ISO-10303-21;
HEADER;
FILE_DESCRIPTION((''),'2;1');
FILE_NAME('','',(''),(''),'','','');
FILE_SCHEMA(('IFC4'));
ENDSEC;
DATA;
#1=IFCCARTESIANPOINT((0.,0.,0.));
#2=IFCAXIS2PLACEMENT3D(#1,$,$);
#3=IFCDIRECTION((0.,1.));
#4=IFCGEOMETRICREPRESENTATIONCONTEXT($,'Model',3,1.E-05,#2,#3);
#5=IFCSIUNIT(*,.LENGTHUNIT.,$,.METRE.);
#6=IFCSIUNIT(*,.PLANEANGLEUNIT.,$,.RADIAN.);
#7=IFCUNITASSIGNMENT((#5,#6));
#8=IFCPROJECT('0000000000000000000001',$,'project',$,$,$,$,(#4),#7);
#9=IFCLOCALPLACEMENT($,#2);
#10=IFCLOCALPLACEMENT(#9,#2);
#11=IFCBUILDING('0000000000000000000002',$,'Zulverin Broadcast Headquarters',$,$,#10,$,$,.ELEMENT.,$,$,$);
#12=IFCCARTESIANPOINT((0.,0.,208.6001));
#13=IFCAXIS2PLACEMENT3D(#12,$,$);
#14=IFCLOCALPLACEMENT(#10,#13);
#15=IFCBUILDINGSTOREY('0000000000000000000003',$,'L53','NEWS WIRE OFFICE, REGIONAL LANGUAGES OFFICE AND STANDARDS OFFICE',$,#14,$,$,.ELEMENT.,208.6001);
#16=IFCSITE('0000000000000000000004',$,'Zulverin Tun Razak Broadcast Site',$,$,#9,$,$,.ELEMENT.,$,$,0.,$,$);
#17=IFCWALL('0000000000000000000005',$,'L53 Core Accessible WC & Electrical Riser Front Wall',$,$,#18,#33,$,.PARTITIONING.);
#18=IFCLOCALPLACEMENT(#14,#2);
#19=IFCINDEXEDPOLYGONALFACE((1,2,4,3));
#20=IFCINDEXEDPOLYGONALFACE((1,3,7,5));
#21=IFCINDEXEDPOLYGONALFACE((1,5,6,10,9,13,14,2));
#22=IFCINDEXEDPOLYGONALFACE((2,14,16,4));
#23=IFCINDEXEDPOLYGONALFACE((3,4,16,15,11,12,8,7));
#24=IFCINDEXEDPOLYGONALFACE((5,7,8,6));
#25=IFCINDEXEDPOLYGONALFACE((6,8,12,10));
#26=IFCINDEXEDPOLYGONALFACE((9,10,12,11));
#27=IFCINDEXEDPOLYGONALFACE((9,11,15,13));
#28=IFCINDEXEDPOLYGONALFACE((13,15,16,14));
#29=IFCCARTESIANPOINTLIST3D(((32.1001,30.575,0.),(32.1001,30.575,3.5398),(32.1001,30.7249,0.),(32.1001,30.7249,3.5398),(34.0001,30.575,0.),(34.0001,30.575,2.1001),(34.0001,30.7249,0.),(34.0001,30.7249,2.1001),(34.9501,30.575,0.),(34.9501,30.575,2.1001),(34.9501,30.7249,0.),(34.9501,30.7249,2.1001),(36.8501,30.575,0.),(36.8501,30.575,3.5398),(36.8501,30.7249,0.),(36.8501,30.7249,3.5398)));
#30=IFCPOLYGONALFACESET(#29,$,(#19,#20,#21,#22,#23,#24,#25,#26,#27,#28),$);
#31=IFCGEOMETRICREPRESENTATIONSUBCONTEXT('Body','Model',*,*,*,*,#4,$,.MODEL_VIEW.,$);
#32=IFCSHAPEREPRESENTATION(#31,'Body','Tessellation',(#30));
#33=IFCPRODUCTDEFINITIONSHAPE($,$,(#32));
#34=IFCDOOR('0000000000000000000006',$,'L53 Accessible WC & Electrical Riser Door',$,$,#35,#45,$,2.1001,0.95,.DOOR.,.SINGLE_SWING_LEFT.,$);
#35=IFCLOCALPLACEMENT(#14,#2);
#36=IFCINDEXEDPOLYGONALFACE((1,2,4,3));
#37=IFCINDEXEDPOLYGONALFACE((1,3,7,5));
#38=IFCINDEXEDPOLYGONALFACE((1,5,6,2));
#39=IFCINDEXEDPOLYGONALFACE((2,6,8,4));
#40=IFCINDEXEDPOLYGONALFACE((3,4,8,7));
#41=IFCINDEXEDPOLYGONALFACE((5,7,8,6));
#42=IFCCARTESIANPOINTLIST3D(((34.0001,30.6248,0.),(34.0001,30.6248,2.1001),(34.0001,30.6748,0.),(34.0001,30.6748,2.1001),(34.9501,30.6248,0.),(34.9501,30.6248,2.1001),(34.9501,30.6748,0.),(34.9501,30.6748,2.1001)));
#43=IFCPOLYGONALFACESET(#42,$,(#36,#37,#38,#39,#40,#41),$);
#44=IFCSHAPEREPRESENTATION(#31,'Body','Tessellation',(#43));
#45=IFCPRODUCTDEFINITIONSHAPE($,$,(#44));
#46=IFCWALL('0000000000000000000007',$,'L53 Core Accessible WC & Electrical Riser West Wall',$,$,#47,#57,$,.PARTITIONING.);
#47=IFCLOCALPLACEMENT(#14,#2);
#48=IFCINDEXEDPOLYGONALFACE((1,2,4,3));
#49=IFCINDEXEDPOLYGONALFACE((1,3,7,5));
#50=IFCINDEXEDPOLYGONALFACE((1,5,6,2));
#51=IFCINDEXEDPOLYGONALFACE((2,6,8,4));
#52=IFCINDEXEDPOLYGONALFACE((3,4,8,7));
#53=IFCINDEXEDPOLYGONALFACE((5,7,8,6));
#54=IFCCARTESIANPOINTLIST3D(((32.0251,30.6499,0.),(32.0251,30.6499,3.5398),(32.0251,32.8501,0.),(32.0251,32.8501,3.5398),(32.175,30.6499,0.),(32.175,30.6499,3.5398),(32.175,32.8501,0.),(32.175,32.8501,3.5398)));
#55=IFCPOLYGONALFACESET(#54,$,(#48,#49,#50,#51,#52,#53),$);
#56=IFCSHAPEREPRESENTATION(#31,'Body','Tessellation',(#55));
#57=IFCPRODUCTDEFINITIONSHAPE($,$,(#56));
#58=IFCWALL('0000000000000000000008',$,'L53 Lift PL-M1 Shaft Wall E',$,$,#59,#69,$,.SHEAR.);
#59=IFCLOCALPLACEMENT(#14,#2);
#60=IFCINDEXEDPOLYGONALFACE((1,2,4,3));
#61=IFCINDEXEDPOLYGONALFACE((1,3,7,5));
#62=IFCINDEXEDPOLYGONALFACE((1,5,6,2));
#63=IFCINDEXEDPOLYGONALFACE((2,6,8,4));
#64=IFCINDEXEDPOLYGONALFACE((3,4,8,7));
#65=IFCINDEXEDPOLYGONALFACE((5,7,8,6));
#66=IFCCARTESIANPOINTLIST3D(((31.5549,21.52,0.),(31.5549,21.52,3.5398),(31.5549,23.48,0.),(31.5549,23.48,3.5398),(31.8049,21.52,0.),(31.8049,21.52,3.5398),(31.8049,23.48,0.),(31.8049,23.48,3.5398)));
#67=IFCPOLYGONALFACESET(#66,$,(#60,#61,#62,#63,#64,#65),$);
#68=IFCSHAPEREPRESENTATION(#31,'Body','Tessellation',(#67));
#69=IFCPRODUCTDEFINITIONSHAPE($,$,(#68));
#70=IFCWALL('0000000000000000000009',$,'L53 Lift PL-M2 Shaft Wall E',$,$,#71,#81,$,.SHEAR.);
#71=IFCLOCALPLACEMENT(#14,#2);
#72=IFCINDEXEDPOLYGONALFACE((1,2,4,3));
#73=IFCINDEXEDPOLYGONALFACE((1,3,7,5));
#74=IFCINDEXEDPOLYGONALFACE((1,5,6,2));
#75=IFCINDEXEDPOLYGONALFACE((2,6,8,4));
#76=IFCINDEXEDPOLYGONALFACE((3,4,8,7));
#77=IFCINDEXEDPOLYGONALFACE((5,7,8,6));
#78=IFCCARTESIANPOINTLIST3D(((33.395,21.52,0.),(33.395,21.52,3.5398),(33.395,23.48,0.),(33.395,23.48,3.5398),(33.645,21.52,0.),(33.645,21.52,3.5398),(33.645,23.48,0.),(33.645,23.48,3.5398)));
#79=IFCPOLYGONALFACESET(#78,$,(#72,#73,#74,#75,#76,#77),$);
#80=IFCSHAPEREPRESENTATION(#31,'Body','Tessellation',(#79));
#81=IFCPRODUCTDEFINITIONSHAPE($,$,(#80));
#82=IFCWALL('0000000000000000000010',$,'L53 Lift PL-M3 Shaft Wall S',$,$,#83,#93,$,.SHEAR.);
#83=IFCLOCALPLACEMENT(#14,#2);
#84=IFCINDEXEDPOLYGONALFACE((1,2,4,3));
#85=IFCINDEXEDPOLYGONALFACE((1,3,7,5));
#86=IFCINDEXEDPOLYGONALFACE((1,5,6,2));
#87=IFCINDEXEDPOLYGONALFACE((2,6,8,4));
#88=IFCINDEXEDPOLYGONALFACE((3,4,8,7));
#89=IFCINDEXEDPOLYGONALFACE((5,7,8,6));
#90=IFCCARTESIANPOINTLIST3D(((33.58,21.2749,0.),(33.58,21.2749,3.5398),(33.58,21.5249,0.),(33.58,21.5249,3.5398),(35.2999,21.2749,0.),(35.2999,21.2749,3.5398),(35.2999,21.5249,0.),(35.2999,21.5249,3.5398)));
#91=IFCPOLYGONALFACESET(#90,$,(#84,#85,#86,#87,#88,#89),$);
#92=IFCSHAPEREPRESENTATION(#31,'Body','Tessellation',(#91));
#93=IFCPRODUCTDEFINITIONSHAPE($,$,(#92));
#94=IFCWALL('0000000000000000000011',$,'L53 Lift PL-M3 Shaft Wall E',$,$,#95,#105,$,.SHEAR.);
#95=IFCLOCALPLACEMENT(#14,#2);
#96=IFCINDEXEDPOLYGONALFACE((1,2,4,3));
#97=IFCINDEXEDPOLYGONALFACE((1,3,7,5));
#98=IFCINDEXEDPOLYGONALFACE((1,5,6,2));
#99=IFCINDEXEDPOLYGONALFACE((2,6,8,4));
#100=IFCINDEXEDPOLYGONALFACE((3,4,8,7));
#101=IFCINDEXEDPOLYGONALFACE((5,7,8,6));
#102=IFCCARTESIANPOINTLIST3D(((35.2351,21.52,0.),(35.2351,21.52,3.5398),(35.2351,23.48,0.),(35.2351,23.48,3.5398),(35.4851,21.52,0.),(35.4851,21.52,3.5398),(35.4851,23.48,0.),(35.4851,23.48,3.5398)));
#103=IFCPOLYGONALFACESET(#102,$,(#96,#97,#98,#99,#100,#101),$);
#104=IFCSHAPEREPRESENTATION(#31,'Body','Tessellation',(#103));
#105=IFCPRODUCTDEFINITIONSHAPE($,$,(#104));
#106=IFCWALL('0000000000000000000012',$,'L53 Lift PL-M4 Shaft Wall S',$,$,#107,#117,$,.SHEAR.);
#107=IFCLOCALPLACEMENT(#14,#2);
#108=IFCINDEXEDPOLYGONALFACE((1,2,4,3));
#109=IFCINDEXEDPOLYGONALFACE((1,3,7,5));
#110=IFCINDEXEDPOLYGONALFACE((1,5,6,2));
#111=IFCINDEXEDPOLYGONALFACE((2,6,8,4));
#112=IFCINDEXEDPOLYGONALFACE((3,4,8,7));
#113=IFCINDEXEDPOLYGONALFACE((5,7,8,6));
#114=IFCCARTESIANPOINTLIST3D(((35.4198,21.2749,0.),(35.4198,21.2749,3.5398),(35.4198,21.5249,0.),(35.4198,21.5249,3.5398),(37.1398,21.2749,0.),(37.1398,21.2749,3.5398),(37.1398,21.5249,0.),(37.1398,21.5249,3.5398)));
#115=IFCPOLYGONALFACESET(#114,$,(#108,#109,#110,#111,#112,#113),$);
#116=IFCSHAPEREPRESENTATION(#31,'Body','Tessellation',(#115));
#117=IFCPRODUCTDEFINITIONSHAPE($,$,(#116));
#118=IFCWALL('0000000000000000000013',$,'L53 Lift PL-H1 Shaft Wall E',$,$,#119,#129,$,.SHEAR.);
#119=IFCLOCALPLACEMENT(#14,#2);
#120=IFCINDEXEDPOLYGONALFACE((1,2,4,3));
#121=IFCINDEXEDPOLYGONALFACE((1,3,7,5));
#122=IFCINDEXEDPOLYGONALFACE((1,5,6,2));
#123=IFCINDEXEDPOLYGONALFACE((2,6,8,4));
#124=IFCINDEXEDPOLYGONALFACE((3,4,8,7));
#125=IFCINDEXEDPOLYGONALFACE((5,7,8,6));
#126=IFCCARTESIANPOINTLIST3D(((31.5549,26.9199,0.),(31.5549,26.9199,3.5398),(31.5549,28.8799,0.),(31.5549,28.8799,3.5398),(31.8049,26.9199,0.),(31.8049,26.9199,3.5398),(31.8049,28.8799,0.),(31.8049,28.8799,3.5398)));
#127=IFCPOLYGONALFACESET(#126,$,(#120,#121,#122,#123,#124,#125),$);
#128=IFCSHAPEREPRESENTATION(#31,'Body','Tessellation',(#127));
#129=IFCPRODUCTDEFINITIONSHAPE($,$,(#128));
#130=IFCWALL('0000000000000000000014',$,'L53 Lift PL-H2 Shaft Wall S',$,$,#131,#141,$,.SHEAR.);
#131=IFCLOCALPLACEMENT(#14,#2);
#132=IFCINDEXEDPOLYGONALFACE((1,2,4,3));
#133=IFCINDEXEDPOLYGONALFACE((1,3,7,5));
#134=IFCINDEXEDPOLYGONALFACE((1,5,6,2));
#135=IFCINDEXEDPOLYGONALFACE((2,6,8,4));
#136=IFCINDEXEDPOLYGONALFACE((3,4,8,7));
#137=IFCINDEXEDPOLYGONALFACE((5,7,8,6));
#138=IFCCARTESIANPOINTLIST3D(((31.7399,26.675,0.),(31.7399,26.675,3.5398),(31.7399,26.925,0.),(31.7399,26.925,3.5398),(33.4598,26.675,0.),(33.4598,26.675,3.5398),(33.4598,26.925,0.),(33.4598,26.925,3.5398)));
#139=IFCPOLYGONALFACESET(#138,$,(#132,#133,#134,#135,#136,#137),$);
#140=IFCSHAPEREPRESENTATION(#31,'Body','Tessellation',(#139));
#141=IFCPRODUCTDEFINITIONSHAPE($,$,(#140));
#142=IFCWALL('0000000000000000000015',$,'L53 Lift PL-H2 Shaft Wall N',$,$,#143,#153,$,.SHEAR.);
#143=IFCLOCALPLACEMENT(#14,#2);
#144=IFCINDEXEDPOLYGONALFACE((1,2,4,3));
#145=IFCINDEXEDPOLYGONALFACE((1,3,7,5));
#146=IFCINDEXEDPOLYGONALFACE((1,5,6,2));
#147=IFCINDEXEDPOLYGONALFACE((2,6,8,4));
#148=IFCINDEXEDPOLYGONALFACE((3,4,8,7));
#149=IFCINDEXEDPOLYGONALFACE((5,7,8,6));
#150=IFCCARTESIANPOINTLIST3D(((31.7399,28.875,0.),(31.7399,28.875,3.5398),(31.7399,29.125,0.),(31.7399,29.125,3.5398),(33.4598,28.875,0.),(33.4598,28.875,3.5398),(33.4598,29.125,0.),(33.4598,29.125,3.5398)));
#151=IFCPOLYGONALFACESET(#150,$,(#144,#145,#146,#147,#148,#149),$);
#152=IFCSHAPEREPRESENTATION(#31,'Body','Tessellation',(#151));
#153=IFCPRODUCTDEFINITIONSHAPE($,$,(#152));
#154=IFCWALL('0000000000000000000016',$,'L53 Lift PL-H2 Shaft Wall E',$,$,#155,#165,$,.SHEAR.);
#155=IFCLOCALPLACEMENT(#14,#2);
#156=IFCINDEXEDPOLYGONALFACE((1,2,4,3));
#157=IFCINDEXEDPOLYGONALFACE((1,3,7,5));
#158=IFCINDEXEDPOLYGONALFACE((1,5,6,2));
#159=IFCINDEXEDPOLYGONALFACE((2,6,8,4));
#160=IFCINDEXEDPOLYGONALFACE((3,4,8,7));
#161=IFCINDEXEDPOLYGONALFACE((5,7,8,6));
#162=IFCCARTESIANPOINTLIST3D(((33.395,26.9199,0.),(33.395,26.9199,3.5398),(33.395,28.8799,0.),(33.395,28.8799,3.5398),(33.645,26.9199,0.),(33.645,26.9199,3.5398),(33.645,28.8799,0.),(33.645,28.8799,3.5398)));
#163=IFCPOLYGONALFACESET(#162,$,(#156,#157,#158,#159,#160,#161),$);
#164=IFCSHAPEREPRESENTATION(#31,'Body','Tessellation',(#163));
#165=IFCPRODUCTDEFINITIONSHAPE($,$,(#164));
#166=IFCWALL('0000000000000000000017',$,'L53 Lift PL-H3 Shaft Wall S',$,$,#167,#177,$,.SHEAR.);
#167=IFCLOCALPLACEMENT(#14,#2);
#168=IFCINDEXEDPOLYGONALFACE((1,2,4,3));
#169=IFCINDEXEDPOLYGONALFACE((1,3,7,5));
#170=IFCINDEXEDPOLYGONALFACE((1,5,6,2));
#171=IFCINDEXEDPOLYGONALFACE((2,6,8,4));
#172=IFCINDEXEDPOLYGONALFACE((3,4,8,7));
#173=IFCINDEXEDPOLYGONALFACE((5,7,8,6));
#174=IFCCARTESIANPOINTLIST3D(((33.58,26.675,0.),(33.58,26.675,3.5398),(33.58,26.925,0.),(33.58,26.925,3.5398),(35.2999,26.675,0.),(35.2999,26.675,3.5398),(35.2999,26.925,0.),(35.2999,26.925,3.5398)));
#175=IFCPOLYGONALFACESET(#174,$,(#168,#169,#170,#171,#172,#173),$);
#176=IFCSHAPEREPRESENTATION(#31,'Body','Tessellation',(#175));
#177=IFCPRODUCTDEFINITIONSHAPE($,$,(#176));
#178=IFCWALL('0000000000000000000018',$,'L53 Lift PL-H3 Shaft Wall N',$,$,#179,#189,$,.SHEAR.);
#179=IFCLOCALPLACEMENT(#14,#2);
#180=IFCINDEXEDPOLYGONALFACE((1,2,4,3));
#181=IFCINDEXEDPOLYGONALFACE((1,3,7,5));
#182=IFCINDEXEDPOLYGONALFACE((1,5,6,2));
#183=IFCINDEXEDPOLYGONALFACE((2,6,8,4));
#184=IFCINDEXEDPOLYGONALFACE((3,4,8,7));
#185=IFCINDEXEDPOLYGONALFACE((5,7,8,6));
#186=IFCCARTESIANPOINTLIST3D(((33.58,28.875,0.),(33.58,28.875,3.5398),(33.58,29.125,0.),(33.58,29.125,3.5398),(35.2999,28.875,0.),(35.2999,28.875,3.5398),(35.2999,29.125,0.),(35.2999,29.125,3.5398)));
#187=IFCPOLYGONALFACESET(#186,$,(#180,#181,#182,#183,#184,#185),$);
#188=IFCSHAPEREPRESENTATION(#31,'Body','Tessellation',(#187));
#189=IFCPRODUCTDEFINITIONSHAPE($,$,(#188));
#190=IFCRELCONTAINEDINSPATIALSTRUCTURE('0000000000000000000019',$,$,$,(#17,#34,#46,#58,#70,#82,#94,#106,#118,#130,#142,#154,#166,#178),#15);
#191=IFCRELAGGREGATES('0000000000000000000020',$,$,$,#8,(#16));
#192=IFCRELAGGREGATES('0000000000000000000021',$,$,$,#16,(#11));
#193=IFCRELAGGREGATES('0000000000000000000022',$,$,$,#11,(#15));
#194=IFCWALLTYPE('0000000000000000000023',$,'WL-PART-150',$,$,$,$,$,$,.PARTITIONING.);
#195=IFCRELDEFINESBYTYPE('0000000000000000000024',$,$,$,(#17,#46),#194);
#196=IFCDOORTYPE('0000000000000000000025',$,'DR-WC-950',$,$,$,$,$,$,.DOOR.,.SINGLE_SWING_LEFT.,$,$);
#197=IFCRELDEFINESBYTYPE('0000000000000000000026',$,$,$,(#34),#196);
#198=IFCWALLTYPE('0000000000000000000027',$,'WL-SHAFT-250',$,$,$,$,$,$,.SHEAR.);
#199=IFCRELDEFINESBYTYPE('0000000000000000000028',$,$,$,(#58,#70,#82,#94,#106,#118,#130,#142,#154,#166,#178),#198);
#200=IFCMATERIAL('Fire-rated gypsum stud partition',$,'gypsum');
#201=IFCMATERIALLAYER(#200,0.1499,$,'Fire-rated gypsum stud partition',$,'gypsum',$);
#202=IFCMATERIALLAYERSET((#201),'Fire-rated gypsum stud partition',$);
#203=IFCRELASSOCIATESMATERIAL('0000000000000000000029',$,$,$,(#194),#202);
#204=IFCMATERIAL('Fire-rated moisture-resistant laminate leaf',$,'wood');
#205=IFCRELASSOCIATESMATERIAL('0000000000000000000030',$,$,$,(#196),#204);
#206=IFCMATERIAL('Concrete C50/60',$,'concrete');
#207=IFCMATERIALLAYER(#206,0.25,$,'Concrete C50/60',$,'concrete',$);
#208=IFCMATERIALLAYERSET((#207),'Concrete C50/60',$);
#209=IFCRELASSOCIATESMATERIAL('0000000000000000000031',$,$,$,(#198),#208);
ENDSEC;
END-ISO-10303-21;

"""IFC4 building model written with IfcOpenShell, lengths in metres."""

from ifc_helpers import new_model, si_unit, direction, frame, frame_2d, origin, place, context, subcontext, project, spatial, rectangle, extrude, material, layer, layer_set, type_object, element, fill, save


model = new_model("IFC4")

# Units and contexts
model_context = context("Model", 3, precision=1e-05, world=origin(), true_north=direction((0.0, 1.0)))
body_context = subcontext(model_context, "Body", "Model", "MODEL_VIEW")
ifc_project = project(units=[si_unit("LENGTHUNIT", "METRE"), si_unit("PLANEANGLEUNIT", "RADIAN")], contexts=[model_context])

# Site, building, storey
site_placement = place(None, origin())
site = spatial("IfcSite", under=ifc_project, at=site_placement, Name="Zulverin Tun Razak Broadcast Site", CompositionType="ELEMENT", RefElevation=0.0)
building_placement = place(site_placement, origin())
building = spatial("IfcBuilding", under=site, at=building_placement, Name="Zulverin Broadcast Headquarters", CompositionType="ELEMENT")
storey_placement = place(building_placement, frame((0.0, 0.0, 208.6001)))
storey = spatial("IfcBuildingStorey", under=building, at=storey_placement, Name="L53", Description="NEWS WIRE OFFICE, REGIONAL LANGUAGES OFFICE AND STANDARDS OFFICE", CompositionType="ELEMENT", Elevation=208.6001)

# Wall, opening, door
ifc_material_1 = material(Name="Fire-rated gypsum stud partition", Category="gypsum")
ifc_layer_1 = layer(ifc_material_1, 0.1499, Name="Fire-rated gypsum stud partition", Category="gypsum")
ifc_layer_set_1 = layer_set([ifc_layer_1], Name="Fire-rated gypsum stud partition")
wall_type_1 = type_object("IfcWallType", Name="WL-PART-150", PredefinedType="PARTITIONING", material=ifc_layer_set_1)
wall_1_placement = place(storey_placement, frame((32.1001, 30.6499, 0.0), z_axis=(0.0, 0.0, 1.0), x_axis=(1.0, 0.0, 0.0)))
wall_1 = element("IfcWall", 1, at=wall_1_placement, inside=storey, type_object=wall_type_1, Name="L53 Core Accessible WC & Electrical Riser Front Wall", PredefinedType="PARTITIONING", context=body_context, shape_type="SweptSolid", body=[
    extrude(rectangle(XDim=4.75, YDim=0.1499, at=frame_2d((2.375, 0.0))), origin(), (0.0, 0.0, 1.0), 3.5398),
])
opening_1_placement = place(wall_1_placement, frame((1.8999, 0.0, 0.0)))
opening_1 = element("IfcOpeningElement", 2, at=opening_1_placement, cuts=wall_1, PredefinedType="OPENING", context=body_context, shape_type="SweptSolid", body=[
    extrude(rectangle(XDim=0.95, YDim=2.1001, at=frame_2d((0.4751, 1.05))), frame((0.0, 0.085, 0.0), z_axis=(0.0, -1.0, 0.0), x_axis=(1.0, 0.0, 0.0)), (0.0, 0.0, 1.0), 0.1699),
])
ifc_material_2 = material(Name="Fire-rated moisture-resistant laminate leaf", Category="wood")
door_type_1 = type_object("IfcDoorType", Name="DR-WC-950", OperationType="SINGLE_SWING_LEFT", PredefinedType="DOOR", material=ifc_material_2)
door_1_placement = place(opening_1_placement, origin())
door_1 = element("IfcDoor", 3, at=door_1_placement, inside=storey, type_object=door_type_1, Name="L53 Accessible WC & Electrical Riser Door", OperationType="SINGLE_SWING_LEFT", OverallHeight=2.1001, OverallWidth=0.95, PredefinedType="DOOR", context=body_context, shape_type="SweptSolid", body=[
    extrude(rectangle(XDim=0.95, YDim=2.1001, at=frame_2d((0.4751, 1.05))), frame((0.0, 0.0249, 0.0), z_axis=(0.0, -1.0, 0.0), x_axis=(1.0, 0.0, 0.0)), (0.0, 0.0, 1.0), 0.05),
])
fill(opening_1, door_1)

# Walls
wall_2_placement = place(storey_placement, frame((32.1001, 30.6499, 0.0), z_axis=(0.0, 0.0, 1.0), x_axis=(0.0, 1.0, 0.0)))
element("IfcWall", 4, at=wall_2_placement, inside=storey, type_object=wall_type_1, Name="L53 Core Accessible WC & Electrical Riser West Wall", PredefinedType="PARTITIONING", context=body_context, shape_type="SweptSolid", body=[
    extrude(rectangle(XDim=2.2002, YDim=0.1499, at=frame_2d((1.1001, 0.0))), origin(), (0.0, 0.0, 1.0), 3.5398),
])
ifc_material_3 = material(Name="Concrete C50/60", Category="concrete")
ifc_layer_2 = layer(ifc_material_3, 0.25, Name="Concrete C50/60", Category="concrete")
ifc_layer_set_2 = layer_set([ifc_layer_2], Name="Concrete C50/60")
wall_type_2 = type_object("IfcWallType", Name="WL-SHAFT-250", PredefinedType="SHEAR", material=ifc_layer_set_2)
wall_3_placement = place(storey_placement, frame((31.6799, 21.52, 0.0), z_axis=(0.0, 0.0, 1.0), x_axis=(0.0, 1.0, 0.0)))
element("IfcWall", 5, at=wall_3_placement, inside=storey, type_object=wall_type_2, Name="L53 Lift PL-M1 Shaft Wall E", PredefinedType="SHEAR", context=body_context, shape_type="SweptSolid", body=[
    extrude(rectangle(XDim=1.96, YDim=0.25, at=frame_2d((0.98, 0.0))), origin(), (0.0, 0.0, 1.0), 3.5398),
])

# Walls
wall_4_placement = place(storey_placement, frame((33.52, 21.52, 0.0), z_axis=(0.0, 0.0, 1.0), x_axis=(0.0, 1.0, 0.0)))
element("IfcWall", 6, at=wall_4_placement, inside=storey, type_object=wall_type_2, Name="L53 Lift PL-M2 Shaft Wall E", PredefinedType="SHEAR", context=body_context, shape_type="SweptSolid", body=[
    extrude(rectangle(XDim=1.96, YDim=0.25, at=frame_2d((0.98, 0.0))), origin(), (0.0, 0.0, 1.0), 3.5398),
])
wall_5_placement = place(storey_placement, frame((33.5801, 21.3999, 0.0), z_axis=(0.0, 0.0, 1.0), x_axis=(1.0, 0.0, 0.0)))
element("IfcWall", 7, at=wall_5_placement, inside=storey, type_object=wall_type_2, Name="L53 Lift PL-M3 Shaft Wall S", PredefinedType="SHEAR", context=body_context, shape_type="SweptSolid", body=[
    extrude(rectangle(XDim=1.72, YDim=0.25, at=frame_2d((0.8599, 0.0))), origin(), (0.0, 0.0, 1.0), 3.5398),
])

# Walls
wall_6_placement = place(storey_placement, frame((35.3601, 21.52, 0.0), z_axis=(0.0, 0.0, 1.0), x_axis=(0.0, 1.0, 0.0)))
element("IfcWall", 8, at=wall_6_placement, inside=storey, type_object=wall_type_2, Name="L53 Lift PL-M3 Shaft Wall E", PredefinedType="SHEAR", context=body_context, shape_type="SweptSolid", body=[
    extrude(rectangle(XDim=1.96, YDim=0.25, at=frame_2d((0.98, 0.0))), origin(), (0.0, 0.0, 1.0), 3.5398),
])
wall_7_placement = place(storey_placement, frame((35.4199, 21.3999, 0.0), z_axis=(0.0, 0.0, 1.0), x_axis=(1.0, 0.0, 0.0)))
element("IfcWall", 9, at=wall_7_placement, inside=storey, type_object=wall_type_2, Name="L53 Lift PL-M4 Shaft Wall S", PredefinedType="SHEAR", context=body_context, shape_type="SweptSolid", body=[
    extrude(rectangle(XDim=1.72, YDim=0.25, at=frame_2d((0.8599, 0.0))), origin(), (0.0, 0.0, 1.0), 3.5398),
])
wall_8_placement = place(storey_placement, frame((31.6799, 26.9199, 0.0), z_axis=(0.0, 0.0, 1.0), x_axis=(0.0, 1.0, 0.0)))
element("IfcWall", 10, at=wall_8_placement, inside=storey, type_object=wall_type_2, Name="L53 Lift PL-H1 Shaft Wall E", PredefinedType="SHEAR", context=body_context, shape_type="SweptSolid", body=[
    extrude(rectangle(XDim=1.96, YDim=0.25, at=frame_2d((0.98, 0.0))), origin(), (0.0, 0.0, 1.0), 3.5398),
])
for number, where, z_axis, x_axis, name in (
    (11, (31.74, 26.8, 0.0), (0.0, 0.0, 1.0), (1.0, 0.0, 0.0), "L53 Lift PL-H2 Shaft Wall S"),
    (12, (31.74, 29.0, 0.0), (0.0, 0.0, 1.0), (1.0, 0.0, 0.0), "L53 Lift PL-H2 Shaft Wall N"),
):
    element("IfcWall", number, at=place(storey_placement, frame(where, z_axis=z_axis, x_axis=x_axis)), inside=storey, type_object=wall_type_2, Name=name, PredefinedType="SHEAR", context=body_context, shape_type="SweptSolid", body=[
        extrude(rectangle(XDim=1.72, YDim=0.25, at=frame_2d((0.8599, 0.0))), origin(), (0.0, 0.0, 1.0), 3.5398),
    ])
wall_9_placement = place(storey_placement, frame((33.52, 26.9199, 0.0), z_axis=(0.0, 0.0, 1.0), x_axis=(0.0, 1.0, 0.0)))
element("IfcWall", 13, at=wall_9_placement, inside=storey, type_object=wall_type_2, Name="L53 Lift PL-H2 Shaft Wall E", PredefinedType="SHEAR", context=body_context, shape_type="SweptSolid", body=[
    extrude(rectangle(XDim=1.96, YDim=0.25, at=frame_2d((0.98, 0.0))), origin(), (0.0, 0.0, 1.0), 3.5398),
])
for number, where, z_axis, x_axis, name in (
    (14, (33.5801, 26.8, 0.0), (0.0, 0.0, 1.0), (1.0, 0.0, 0.0), "L53 Lift PL-H3 Shaft Wall S"),
    (15, (33.5801, 29.0, 0.0), (0.0, 0.0, 1.0), (1.0, 0.0, 0.0), "L53 Lift PL-H3 Shaft Wall N"),
):
    element("IfcWall", number, at=place(storey_placement, frame(where, z_axis=z_axis, x_axis=x_axis)), inside=storey, type_object=wall_type_2, Name=name, PredefinedType="SHEAR", context=body_context, shape_type="SweptSolid", body=[
        extrude(rectangle(XDim=1.72, YDim=0.25, at=frame_2d((0.8599, 0.0))), origin(), (0.0, 0.0, 1.0), 3.5398),
    ])

save(model, "model.ifc")
